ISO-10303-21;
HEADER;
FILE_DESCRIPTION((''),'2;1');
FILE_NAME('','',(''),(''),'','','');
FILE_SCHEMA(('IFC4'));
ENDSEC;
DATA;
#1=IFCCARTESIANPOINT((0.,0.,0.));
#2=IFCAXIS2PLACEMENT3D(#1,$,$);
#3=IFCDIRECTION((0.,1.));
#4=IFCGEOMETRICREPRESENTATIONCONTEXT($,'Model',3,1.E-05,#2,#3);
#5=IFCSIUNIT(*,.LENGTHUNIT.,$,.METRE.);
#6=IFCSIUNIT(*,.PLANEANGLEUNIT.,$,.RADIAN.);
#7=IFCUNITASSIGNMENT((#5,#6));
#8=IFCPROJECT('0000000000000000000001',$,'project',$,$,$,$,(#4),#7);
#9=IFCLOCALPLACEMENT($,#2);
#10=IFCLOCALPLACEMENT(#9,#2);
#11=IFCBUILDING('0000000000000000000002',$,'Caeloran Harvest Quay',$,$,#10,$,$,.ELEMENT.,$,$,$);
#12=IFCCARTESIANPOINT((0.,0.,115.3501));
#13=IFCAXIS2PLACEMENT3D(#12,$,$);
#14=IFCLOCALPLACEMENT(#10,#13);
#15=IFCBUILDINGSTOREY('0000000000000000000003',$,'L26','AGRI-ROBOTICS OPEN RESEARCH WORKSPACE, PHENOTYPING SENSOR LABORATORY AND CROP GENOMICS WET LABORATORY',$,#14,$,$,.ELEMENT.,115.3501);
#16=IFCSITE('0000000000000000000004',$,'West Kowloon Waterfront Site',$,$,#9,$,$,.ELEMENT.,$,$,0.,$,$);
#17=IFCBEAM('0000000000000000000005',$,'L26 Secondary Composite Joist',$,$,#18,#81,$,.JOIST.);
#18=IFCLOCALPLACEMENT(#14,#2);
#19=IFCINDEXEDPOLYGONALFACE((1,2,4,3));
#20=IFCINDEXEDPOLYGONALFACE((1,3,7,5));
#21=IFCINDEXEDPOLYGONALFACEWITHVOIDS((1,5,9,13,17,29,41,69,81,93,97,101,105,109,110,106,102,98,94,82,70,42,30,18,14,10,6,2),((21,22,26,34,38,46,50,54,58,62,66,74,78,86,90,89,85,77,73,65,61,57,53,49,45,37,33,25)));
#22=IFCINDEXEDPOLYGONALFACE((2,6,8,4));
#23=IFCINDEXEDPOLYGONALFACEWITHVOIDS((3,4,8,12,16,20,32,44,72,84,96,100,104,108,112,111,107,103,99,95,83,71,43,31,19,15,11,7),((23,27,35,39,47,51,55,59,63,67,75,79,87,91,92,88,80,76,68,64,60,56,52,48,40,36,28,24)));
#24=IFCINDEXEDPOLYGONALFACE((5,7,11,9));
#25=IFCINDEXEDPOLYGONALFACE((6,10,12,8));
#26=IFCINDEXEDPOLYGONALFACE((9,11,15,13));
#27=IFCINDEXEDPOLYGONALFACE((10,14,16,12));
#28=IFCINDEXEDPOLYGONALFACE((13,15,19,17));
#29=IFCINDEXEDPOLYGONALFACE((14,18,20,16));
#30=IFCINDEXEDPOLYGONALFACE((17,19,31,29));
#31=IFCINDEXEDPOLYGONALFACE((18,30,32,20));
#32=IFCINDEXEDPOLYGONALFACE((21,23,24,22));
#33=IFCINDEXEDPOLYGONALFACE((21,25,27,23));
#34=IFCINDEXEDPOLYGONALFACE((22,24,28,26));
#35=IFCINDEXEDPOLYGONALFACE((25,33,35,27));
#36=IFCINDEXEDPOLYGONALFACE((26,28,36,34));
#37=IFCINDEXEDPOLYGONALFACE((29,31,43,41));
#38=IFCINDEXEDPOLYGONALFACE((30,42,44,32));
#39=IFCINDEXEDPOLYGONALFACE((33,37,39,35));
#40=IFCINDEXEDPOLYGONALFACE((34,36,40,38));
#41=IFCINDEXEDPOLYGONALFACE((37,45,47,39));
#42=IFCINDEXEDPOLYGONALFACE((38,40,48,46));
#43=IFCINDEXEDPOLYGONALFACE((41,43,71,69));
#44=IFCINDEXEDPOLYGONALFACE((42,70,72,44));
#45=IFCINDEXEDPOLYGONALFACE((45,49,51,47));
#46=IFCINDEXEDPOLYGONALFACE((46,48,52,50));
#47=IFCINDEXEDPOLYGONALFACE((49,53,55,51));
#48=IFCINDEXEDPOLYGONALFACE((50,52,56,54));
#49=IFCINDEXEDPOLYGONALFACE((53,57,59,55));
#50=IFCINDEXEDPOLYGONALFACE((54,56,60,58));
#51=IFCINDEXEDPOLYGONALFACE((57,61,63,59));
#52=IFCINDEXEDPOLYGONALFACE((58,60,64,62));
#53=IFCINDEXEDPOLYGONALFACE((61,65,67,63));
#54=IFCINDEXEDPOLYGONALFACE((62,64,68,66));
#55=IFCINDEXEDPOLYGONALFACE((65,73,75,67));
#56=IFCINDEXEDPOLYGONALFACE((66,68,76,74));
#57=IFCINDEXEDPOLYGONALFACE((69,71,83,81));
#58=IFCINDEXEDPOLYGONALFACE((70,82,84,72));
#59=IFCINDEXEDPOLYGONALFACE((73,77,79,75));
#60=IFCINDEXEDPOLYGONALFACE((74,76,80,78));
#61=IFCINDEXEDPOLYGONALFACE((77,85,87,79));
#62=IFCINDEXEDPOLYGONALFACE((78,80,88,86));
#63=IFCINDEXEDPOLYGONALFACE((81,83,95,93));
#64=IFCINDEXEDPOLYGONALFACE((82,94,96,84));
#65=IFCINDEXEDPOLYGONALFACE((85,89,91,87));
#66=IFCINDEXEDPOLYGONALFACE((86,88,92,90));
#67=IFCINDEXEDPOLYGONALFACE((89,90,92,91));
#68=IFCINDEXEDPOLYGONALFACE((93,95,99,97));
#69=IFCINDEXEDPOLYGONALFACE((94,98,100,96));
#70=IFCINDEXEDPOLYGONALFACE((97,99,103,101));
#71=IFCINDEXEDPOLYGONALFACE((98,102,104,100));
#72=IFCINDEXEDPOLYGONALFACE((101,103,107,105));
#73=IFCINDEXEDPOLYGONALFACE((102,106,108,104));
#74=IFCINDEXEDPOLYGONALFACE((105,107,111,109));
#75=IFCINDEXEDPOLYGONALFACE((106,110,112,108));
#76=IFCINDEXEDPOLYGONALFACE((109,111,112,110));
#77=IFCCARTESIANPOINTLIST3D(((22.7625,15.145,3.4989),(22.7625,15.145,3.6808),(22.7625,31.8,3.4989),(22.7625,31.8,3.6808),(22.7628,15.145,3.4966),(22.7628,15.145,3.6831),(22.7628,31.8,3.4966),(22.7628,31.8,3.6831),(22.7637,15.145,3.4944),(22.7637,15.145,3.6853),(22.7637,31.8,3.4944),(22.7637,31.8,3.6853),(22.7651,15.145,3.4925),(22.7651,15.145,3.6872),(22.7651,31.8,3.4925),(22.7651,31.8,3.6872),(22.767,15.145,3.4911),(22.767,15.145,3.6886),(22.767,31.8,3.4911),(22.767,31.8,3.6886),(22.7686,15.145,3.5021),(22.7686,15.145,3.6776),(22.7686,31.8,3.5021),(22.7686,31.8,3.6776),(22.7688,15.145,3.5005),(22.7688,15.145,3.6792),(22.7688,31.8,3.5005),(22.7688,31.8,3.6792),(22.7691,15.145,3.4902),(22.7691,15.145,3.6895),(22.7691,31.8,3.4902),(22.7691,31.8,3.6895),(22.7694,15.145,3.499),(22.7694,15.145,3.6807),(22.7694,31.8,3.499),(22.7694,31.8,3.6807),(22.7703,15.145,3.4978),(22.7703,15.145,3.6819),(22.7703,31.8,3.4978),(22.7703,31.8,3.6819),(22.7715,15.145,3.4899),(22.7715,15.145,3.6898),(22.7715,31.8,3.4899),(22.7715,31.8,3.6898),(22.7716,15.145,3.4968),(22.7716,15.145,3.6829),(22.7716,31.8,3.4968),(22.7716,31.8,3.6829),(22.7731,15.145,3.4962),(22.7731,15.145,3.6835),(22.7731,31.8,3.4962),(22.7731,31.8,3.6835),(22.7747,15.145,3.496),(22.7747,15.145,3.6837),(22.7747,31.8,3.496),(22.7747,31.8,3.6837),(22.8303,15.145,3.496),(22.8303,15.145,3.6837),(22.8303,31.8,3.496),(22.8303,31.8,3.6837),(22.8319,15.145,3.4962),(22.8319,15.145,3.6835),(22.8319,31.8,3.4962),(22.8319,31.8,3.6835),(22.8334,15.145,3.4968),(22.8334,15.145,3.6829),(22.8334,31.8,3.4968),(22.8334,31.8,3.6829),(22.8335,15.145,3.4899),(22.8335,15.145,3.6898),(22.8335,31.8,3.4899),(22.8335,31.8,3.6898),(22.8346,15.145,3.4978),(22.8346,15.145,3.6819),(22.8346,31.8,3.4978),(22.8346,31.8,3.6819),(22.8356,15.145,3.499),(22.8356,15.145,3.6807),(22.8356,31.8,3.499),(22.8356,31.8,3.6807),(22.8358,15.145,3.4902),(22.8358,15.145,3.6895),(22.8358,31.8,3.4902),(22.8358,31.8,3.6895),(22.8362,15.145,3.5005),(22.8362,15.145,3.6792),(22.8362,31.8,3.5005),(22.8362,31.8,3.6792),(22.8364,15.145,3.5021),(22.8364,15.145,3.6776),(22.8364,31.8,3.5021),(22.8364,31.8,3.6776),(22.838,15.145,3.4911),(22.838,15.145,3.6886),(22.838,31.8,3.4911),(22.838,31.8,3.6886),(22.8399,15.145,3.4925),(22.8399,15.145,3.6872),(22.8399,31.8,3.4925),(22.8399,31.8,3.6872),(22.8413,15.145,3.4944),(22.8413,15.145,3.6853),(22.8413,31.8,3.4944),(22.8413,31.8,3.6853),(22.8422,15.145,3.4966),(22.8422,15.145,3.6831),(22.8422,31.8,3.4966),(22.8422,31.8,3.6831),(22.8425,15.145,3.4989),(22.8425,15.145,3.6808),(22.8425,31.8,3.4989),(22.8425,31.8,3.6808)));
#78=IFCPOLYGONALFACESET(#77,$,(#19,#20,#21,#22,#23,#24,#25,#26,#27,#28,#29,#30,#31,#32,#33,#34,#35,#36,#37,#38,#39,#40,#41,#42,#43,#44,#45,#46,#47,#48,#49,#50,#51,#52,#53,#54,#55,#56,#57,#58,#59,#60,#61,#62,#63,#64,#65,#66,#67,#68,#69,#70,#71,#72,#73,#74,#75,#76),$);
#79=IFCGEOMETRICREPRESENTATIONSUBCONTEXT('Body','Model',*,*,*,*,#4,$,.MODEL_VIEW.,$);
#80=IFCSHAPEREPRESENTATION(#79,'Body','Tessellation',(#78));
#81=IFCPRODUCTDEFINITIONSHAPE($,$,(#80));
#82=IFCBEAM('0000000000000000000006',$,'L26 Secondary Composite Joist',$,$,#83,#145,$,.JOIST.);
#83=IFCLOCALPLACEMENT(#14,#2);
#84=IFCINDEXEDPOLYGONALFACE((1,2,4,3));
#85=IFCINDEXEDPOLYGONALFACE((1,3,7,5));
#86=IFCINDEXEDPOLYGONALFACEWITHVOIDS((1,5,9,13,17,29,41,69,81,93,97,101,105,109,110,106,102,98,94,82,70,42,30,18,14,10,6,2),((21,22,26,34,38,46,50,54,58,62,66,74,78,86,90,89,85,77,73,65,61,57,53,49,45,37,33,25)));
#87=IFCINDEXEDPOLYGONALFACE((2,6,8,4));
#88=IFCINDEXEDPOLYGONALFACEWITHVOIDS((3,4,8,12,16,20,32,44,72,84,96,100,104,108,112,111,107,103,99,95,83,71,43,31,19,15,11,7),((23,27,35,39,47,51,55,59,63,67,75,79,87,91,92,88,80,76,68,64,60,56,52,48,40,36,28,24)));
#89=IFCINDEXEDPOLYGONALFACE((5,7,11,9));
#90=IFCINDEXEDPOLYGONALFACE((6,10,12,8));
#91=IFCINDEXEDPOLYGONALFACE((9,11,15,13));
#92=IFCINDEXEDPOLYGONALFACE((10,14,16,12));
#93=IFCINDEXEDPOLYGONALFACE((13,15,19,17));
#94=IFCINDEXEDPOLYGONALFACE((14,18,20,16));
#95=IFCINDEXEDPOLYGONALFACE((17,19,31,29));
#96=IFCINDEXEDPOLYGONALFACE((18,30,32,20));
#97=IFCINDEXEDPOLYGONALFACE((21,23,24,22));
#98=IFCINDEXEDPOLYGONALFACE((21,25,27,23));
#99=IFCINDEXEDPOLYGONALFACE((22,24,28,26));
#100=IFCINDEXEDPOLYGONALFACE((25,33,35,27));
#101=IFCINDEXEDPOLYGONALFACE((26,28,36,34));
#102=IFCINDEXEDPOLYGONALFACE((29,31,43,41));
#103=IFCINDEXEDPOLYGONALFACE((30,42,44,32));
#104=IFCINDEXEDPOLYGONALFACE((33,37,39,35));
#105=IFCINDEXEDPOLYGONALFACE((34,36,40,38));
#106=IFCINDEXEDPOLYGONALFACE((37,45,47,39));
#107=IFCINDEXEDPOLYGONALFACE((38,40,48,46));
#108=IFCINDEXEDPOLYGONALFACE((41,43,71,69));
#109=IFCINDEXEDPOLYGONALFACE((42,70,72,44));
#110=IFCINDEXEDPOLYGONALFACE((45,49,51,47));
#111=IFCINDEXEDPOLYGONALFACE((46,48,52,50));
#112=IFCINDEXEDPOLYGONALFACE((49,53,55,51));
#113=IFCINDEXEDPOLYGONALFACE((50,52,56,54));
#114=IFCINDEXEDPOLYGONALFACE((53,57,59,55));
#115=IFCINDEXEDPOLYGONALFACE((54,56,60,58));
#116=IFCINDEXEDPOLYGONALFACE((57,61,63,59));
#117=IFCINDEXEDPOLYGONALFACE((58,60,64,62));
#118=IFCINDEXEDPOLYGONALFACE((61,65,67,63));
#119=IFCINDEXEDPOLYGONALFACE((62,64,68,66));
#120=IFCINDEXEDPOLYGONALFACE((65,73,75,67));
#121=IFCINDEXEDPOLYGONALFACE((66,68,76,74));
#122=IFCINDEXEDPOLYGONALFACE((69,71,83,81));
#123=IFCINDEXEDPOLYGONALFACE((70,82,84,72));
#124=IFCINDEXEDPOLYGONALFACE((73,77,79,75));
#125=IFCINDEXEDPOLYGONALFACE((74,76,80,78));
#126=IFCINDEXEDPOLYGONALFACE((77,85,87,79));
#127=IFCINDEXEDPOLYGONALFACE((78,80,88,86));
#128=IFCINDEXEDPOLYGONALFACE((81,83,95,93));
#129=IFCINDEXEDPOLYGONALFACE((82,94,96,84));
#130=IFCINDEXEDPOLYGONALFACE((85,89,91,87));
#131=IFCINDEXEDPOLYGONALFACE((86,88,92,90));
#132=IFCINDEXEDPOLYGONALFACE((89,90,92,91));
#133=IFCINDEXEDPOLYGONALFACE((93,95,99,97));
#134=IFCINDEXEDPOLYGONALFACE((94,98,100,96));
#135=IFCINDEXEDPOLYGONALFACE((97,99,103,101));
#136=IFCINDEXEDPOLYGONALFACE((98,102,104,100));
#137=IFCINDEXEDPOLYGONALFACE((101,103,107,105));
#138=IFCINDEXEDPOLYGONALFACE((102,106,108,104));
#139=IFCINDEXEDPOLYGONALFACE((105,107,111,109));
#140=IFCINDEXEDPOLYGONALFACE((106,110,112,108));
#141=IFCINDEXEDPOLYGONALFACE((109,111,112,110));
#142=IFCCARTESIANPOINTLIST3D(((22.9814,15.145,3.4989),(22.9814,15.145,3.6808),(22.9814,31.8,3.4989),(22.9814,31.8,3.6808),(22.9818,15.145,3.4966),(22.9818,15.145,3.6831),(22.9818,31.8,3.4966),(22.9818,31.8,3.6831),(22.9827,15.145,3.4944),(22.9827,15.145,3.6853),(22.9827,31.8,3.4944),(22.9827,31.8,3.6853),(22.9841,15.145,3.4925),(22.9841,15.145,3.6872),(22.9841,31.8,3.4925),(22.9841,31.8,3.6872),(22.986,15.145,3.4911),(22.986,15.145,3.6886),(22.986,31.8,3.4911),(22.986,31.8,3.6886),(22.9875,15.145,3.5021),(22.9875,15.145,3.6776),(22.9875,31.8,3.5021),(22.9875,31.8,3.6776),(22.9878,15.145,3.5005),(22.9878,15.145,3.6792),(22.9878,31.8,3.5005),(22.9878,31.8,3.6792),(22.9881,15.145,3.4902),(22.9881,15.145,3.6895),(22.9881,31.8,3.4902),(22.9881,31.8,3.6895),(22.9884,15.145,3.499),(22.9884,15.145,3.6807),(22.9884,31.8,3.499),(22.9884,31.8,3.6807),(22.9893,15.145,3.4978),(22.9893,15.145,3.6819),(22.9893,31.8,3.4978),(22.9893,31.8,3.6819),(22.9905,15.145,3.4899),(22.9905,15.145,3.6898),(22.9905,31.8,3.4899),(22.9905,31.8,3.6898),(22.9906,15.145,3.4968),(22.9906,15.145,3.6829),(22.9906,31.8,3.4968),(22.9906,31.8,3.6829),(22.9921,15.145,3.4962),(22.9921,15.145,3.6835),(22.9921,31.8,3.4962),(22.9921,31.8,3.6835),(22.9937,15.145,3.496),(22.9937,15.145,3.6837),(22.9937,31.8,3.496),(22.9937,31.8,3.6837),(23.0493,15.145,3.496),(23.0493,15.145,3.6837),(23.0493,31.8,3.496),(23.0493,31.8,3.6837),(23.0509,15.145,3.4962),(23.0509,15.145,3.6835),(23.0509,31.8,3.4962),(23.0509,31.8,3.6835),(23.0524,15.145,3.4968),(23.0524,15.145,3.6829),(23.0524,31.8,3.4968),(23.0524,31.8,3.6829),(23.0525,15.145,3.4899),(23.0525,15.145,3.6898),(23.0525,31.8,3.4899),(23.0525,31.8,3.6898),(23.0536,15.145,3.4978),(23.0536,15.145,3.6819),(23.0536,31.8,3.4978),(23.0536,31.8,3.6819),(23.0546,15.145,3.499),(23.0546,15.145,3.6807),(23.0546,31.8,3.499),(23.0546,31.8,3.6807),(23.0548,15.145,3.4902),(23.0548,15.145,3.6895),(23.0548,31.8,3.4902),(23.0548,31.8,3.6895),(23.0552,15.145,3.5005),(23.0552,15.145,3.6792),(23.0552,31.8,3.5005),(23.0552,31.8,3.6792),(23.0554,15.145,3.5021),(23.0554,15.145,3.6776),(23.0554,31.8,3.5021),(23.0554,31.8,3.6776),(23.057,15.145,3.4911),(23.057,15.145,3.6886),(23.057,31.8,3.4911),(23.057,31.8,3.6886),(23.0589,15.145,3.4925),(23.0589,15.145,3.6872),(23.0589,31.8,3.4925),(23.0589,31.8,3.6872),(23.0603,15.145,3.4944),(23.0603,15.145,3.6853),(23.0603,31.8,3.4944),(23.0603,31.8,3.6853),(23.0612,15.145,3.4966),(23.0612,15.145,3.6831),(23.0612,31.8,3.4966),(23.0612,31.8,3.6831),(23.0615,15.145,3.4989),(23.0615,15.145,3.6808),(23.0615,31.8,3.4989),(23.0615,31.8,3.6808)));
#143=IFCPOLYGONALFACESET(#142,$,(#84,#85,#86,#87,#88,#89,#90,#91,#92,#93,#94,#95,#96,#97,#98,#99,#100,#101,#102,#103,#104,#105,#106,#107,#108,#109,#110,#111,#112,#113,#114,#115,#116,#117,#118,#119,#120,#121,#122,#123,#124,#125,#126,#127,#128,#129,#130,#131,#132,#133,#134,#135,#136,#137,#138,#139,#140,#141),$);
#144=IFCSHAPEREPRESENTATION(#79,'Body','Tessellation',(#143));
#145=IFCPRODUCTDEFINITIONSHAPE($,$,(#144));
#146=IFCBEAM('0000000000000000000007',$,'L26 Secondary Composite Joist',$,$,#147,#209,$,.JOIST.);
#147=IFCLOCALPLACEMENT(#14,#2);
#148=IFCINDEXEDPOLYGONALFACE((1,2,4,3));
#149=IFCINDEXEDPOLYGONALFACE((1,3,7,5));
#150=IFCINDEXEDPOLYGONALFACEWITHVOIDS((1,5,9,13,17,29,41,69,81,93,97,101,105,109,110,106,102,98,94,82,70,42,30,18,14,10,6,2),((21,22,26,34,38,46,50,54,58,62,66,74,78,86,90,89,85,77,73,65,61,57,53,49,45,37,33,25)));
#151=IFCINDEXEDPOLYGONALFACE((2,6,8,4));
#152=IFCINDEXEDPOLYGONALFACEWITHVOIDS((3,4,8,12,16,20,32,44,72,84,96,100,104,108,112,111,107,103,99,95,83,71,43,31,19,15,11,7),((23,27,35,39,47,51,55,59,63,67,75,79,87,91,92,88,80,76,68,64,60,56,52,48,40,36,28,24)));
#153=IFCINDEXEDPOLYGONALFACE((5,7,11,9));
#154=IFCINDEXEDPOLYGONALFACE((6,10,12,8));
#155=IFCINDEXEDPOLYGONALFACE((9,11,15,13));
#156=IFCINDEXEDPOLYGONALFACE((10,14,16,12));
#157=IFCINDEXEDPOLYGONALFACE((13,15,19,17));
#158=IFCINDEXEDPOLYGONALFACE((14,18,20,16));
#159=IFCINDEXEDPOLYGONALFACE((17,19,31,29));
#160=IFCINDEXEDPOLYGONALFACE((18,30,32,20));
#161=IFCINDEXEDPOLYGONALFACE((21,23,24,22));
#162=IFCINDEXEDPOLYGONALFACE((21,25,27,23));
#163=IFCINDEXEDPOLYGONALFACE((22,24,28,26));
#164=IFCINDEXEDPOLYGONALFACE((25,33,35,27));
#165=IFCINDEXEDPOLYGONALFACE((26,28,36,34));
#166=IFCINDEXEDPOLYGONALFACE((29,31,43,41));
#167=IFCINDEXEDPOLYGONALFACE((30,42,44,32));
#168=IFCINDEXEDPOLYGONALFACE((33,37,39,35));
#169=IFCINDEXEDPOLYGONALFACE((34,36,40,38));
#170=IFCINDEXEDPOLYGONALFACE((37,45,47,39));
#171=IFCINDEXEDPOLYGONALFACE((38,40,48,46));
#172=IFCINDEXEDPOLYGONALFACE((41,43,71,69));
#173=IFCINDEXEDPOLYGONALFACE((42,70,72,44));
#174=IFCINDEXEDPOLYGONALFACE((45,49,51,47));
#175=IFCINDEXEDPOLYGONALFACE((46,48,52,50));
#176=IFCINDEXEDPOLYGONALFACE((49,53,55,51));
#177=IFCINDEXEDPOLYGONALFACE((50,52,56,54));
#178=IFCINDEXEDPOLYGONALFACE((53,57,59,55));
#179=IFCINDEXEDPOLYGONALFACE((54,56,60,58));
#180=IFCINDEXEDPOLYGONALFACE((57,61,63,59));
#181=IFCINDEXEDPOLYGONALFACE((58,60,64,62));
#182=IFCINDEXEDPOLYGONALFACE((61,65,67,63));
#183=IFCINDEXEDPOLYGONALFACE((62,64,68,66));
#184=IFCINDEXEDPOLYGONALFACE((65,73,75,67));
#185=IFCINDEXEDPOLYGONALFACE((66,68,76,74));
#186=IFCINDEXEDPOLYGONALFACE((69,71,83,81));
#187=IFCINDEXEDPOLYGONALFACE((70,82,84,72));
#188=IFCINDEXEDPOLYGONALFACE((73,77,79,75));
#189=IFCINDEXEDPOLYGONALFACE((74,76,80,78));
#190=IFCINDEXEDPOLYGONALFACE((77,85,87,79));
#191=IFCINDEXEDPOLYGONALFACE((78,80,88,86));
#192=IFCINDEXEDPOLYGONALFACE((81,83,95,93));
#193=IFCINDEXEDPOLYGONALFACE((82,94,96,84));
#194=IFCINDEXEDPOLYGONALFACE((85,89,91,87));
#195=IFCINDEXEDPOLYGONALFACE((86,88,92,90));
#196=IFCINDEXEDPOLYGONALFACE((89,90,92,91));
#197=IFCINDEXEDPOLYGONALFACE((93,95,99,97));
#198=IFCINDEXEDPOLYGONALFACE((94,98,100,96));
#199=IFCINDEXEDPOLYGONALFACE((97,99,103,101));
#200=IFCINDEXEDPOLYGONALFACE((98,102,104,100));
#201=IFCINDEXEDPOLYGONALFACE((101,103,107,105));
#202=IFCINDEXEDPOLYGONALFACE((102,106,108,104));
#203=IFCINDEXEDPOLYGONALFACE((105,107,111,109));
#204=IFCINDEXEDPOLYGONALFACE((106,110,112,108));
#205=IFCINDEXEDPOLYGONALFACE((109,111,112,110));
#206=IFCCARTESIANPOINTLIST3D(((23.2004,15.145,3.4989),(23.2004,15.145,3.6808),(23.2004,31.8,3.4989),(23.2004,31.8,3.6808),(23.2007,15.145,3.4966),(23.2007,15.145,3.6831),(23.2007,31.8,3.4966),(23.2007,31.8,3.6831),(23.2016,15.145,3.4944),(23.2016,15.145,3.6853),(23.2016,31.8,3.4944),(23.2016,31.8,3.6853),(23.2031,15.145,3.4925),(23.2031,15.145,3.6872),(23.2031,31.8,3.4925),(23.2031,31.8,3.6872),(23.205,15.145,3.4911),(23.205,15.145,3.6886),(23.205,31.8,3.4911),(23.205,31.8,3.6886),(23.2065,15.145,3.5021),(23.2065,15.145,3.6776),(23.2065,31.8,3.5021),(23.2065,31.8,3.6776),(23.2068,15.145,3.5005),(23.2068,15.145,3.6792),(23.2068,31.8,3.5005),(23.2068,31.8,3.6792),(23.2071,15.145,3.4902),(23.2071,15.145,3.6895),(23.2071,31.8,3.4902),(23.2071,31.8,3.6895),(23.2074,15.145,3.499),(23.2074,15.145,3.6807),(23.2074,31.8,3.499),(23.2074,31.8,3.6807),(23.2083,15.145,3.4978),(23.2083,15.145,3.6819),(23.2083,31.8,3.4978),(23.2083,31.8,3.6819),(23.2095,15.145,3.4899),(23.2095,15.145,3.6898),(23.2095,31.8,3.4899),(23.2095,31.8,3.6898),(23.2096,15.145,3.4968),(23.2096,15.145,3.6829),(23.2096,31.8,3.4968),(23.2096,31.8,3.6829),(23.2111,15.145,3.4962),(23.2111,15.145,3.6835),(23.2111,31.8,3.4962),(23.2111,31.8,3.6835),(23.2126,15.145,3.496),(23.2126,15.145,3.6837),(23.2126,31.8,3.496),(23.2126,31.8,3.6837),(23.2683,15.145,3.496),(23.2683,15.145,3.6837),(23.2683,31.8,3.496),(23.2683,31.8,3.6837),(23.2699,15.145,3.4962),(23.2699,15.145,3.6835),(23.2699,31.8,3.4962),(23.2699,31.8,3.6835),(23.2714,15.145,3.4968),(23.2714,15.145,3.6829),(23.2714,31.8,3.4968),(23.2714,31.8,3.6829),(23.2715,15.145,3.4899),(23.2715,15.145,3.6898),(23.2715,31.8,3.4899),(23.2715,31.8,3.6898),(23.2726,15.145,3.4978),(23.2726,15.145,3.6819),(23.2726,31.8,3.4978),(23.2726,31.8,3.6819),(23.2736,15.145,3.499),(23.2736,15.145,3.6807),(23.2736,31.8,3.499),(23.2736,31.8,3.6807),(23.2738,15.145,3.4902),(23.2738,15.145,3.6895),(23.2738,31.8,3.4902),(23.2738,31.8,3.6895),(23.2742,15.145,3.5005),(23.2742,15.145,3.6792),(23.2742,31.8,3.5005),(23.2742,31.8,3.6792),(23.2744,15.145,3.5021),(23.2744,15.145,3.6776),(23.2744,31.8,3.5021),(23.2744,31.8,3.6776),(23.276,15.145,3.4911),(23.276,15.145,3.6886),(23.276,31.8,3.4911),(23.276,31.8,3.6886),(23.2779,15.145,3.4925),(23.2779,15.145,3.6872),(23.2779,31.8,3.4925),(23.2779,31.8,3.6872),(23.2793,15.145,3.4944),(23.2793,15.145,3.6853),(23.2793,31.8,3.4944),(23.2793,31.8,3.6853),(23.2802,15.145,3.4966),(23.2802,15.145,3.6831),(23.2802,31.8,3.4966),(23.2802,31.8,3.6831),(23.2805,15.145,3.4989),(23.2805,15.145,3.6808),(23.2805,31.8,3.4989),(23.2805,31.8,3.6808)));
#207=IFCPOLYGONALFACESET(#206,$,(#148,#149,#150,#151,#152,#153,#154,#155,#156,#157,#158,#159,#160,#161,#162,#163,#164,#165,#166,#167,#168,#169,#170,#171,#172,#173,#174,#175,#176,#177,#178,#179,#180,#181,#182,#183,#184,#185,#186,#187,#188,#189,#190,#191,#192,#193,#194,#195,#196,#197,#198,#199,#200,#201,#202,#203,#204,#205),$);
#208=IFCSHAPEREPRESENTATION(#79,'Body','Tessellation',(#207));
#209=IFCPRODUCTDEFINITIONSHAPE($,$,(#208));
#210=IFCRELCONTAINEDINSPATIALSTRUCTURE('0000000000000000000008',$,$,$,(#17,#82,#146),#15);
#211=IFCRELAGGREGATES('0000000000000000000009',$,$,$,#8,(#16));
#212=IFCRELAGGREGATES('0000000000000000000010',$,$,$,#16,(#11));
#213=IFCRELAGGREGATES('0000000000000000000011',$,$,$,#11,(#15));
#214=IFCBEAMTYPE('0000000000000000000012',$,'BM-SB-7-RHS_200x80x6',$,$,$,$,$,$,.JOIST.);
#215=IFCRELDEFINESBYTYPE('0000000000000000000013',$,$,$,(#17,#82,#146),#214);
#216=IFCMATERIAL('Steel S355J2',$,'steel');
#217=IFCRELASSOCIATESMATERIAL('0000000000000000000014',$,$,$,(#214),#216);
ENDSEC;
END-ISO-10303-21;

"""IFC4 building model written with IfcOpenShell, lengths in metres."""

from ifc_helpers import new_model, si_unit, direction, frame, origin, origin_2d, place, context, subcontext, project, spatial, hollow_rectangle, extrude, material, material_profile, profile_set, type_object, element, save


model = new_model("IFC4")

# Units and contexts
model_context = context("Model", 3, precision=1e-05, world=origin(), true_north=direction((0.0, 1.0)))
body_context = subcontext(model_context, "Body", "Model", "MODEL_VIEW")
ifc_project = project(units=[si_unit("LENGTHUNIT", "METRE"), si_unit("PLANEANGLEUNIT", "RADIAN")], contexts=[model_context])

# Site, building, storey
site_placement = place(None, origin())
site = spatial("IfcSite", under=ifc_project, at=site_placement, Name="West Kowloon Waterfront Site", CompositionType="ELEMENT", RefElevation=0.0)
building_placement = place(site_placement, origin())
building = spatial("IfcBuilding", under=site, at=building_placement, Name="Caeloran Harvest Quay", CompositionType="ELEMENT")
storey_placement = place(building_placement, frame((0.0, 0.0, 115.3501)))
storey = spatial("IfcBuildingStorey", under=building, at=storey_placement, Name="L26", Description="AGRI-ROBOTICS OPEN RESEARCH WORKSPACE, PHENOTYPING SENSOR LABORATORY AND CROP GENOMICS WET LABORATORY", CompositionType="ELEMENT", Elevation=115.3501)

# Beams
ifc_material_1 = material(Name="Steel S355J2", Category="steel")
ifc_material_profile_1 = material_profile(ifc_material_1, hollow_rectangle(XDim=0.0801, YDim=0.2, WallThickness=0.0061, InnerFilletRadius=0.0061, OuterFilletRadius=0.009, at=origin_2d()), Name="RHS 200x80x6")
ifc_profile_set_1 = profile_set([ifc_material_profile_1], Name="Steel S355J2")
beam_type_1 = type_object("IfcBeamType", Name="BM-SB-7-RHS_200x80x6", PredefinedType="JOIST", material=ifc_profile_set_1)
for number, where, z_axis, x_axis, name in (
    (1, (22.8025, 15.145, 3.5898), (0.0, 1.0, 0.0), (-1.0, 0.0, 0.0), "L26 Secondary Composite Joist"),
    (2, (23.0215, 15.145, 3.5898), (0.0, 1.0, 0.0), (-1.0, 0.0, 0.0), "L26 Secondary Composite Joist"),
    (3, (23.2405, 15.145, 3.5898), (0.0, 1.0, 0.0), (-1.0, 0.0, 0.0), "L26 Secondary Composite Joist"),
):
    element("IfcBeam", number, at=place(storey_placement, frame(where, z_axis=z_axis, x_axis=x_axis)), inside=storey, type_object=beam_type_1, Name=name, PredefinedType="JOIST", context=body_context, shape_type="SweptSolid", body=[
        extrude(hollow_rectangle(XDim=0.0801, YDim=0.2, WallThickness=0.0061, InnerFilletRadius=0.0061, OuterFilletRadius=0.009, at=origin_2d()), origin(), (0.0, 0.0, 1.0), 16.655),
    ])

save(model, "model.ifc")
